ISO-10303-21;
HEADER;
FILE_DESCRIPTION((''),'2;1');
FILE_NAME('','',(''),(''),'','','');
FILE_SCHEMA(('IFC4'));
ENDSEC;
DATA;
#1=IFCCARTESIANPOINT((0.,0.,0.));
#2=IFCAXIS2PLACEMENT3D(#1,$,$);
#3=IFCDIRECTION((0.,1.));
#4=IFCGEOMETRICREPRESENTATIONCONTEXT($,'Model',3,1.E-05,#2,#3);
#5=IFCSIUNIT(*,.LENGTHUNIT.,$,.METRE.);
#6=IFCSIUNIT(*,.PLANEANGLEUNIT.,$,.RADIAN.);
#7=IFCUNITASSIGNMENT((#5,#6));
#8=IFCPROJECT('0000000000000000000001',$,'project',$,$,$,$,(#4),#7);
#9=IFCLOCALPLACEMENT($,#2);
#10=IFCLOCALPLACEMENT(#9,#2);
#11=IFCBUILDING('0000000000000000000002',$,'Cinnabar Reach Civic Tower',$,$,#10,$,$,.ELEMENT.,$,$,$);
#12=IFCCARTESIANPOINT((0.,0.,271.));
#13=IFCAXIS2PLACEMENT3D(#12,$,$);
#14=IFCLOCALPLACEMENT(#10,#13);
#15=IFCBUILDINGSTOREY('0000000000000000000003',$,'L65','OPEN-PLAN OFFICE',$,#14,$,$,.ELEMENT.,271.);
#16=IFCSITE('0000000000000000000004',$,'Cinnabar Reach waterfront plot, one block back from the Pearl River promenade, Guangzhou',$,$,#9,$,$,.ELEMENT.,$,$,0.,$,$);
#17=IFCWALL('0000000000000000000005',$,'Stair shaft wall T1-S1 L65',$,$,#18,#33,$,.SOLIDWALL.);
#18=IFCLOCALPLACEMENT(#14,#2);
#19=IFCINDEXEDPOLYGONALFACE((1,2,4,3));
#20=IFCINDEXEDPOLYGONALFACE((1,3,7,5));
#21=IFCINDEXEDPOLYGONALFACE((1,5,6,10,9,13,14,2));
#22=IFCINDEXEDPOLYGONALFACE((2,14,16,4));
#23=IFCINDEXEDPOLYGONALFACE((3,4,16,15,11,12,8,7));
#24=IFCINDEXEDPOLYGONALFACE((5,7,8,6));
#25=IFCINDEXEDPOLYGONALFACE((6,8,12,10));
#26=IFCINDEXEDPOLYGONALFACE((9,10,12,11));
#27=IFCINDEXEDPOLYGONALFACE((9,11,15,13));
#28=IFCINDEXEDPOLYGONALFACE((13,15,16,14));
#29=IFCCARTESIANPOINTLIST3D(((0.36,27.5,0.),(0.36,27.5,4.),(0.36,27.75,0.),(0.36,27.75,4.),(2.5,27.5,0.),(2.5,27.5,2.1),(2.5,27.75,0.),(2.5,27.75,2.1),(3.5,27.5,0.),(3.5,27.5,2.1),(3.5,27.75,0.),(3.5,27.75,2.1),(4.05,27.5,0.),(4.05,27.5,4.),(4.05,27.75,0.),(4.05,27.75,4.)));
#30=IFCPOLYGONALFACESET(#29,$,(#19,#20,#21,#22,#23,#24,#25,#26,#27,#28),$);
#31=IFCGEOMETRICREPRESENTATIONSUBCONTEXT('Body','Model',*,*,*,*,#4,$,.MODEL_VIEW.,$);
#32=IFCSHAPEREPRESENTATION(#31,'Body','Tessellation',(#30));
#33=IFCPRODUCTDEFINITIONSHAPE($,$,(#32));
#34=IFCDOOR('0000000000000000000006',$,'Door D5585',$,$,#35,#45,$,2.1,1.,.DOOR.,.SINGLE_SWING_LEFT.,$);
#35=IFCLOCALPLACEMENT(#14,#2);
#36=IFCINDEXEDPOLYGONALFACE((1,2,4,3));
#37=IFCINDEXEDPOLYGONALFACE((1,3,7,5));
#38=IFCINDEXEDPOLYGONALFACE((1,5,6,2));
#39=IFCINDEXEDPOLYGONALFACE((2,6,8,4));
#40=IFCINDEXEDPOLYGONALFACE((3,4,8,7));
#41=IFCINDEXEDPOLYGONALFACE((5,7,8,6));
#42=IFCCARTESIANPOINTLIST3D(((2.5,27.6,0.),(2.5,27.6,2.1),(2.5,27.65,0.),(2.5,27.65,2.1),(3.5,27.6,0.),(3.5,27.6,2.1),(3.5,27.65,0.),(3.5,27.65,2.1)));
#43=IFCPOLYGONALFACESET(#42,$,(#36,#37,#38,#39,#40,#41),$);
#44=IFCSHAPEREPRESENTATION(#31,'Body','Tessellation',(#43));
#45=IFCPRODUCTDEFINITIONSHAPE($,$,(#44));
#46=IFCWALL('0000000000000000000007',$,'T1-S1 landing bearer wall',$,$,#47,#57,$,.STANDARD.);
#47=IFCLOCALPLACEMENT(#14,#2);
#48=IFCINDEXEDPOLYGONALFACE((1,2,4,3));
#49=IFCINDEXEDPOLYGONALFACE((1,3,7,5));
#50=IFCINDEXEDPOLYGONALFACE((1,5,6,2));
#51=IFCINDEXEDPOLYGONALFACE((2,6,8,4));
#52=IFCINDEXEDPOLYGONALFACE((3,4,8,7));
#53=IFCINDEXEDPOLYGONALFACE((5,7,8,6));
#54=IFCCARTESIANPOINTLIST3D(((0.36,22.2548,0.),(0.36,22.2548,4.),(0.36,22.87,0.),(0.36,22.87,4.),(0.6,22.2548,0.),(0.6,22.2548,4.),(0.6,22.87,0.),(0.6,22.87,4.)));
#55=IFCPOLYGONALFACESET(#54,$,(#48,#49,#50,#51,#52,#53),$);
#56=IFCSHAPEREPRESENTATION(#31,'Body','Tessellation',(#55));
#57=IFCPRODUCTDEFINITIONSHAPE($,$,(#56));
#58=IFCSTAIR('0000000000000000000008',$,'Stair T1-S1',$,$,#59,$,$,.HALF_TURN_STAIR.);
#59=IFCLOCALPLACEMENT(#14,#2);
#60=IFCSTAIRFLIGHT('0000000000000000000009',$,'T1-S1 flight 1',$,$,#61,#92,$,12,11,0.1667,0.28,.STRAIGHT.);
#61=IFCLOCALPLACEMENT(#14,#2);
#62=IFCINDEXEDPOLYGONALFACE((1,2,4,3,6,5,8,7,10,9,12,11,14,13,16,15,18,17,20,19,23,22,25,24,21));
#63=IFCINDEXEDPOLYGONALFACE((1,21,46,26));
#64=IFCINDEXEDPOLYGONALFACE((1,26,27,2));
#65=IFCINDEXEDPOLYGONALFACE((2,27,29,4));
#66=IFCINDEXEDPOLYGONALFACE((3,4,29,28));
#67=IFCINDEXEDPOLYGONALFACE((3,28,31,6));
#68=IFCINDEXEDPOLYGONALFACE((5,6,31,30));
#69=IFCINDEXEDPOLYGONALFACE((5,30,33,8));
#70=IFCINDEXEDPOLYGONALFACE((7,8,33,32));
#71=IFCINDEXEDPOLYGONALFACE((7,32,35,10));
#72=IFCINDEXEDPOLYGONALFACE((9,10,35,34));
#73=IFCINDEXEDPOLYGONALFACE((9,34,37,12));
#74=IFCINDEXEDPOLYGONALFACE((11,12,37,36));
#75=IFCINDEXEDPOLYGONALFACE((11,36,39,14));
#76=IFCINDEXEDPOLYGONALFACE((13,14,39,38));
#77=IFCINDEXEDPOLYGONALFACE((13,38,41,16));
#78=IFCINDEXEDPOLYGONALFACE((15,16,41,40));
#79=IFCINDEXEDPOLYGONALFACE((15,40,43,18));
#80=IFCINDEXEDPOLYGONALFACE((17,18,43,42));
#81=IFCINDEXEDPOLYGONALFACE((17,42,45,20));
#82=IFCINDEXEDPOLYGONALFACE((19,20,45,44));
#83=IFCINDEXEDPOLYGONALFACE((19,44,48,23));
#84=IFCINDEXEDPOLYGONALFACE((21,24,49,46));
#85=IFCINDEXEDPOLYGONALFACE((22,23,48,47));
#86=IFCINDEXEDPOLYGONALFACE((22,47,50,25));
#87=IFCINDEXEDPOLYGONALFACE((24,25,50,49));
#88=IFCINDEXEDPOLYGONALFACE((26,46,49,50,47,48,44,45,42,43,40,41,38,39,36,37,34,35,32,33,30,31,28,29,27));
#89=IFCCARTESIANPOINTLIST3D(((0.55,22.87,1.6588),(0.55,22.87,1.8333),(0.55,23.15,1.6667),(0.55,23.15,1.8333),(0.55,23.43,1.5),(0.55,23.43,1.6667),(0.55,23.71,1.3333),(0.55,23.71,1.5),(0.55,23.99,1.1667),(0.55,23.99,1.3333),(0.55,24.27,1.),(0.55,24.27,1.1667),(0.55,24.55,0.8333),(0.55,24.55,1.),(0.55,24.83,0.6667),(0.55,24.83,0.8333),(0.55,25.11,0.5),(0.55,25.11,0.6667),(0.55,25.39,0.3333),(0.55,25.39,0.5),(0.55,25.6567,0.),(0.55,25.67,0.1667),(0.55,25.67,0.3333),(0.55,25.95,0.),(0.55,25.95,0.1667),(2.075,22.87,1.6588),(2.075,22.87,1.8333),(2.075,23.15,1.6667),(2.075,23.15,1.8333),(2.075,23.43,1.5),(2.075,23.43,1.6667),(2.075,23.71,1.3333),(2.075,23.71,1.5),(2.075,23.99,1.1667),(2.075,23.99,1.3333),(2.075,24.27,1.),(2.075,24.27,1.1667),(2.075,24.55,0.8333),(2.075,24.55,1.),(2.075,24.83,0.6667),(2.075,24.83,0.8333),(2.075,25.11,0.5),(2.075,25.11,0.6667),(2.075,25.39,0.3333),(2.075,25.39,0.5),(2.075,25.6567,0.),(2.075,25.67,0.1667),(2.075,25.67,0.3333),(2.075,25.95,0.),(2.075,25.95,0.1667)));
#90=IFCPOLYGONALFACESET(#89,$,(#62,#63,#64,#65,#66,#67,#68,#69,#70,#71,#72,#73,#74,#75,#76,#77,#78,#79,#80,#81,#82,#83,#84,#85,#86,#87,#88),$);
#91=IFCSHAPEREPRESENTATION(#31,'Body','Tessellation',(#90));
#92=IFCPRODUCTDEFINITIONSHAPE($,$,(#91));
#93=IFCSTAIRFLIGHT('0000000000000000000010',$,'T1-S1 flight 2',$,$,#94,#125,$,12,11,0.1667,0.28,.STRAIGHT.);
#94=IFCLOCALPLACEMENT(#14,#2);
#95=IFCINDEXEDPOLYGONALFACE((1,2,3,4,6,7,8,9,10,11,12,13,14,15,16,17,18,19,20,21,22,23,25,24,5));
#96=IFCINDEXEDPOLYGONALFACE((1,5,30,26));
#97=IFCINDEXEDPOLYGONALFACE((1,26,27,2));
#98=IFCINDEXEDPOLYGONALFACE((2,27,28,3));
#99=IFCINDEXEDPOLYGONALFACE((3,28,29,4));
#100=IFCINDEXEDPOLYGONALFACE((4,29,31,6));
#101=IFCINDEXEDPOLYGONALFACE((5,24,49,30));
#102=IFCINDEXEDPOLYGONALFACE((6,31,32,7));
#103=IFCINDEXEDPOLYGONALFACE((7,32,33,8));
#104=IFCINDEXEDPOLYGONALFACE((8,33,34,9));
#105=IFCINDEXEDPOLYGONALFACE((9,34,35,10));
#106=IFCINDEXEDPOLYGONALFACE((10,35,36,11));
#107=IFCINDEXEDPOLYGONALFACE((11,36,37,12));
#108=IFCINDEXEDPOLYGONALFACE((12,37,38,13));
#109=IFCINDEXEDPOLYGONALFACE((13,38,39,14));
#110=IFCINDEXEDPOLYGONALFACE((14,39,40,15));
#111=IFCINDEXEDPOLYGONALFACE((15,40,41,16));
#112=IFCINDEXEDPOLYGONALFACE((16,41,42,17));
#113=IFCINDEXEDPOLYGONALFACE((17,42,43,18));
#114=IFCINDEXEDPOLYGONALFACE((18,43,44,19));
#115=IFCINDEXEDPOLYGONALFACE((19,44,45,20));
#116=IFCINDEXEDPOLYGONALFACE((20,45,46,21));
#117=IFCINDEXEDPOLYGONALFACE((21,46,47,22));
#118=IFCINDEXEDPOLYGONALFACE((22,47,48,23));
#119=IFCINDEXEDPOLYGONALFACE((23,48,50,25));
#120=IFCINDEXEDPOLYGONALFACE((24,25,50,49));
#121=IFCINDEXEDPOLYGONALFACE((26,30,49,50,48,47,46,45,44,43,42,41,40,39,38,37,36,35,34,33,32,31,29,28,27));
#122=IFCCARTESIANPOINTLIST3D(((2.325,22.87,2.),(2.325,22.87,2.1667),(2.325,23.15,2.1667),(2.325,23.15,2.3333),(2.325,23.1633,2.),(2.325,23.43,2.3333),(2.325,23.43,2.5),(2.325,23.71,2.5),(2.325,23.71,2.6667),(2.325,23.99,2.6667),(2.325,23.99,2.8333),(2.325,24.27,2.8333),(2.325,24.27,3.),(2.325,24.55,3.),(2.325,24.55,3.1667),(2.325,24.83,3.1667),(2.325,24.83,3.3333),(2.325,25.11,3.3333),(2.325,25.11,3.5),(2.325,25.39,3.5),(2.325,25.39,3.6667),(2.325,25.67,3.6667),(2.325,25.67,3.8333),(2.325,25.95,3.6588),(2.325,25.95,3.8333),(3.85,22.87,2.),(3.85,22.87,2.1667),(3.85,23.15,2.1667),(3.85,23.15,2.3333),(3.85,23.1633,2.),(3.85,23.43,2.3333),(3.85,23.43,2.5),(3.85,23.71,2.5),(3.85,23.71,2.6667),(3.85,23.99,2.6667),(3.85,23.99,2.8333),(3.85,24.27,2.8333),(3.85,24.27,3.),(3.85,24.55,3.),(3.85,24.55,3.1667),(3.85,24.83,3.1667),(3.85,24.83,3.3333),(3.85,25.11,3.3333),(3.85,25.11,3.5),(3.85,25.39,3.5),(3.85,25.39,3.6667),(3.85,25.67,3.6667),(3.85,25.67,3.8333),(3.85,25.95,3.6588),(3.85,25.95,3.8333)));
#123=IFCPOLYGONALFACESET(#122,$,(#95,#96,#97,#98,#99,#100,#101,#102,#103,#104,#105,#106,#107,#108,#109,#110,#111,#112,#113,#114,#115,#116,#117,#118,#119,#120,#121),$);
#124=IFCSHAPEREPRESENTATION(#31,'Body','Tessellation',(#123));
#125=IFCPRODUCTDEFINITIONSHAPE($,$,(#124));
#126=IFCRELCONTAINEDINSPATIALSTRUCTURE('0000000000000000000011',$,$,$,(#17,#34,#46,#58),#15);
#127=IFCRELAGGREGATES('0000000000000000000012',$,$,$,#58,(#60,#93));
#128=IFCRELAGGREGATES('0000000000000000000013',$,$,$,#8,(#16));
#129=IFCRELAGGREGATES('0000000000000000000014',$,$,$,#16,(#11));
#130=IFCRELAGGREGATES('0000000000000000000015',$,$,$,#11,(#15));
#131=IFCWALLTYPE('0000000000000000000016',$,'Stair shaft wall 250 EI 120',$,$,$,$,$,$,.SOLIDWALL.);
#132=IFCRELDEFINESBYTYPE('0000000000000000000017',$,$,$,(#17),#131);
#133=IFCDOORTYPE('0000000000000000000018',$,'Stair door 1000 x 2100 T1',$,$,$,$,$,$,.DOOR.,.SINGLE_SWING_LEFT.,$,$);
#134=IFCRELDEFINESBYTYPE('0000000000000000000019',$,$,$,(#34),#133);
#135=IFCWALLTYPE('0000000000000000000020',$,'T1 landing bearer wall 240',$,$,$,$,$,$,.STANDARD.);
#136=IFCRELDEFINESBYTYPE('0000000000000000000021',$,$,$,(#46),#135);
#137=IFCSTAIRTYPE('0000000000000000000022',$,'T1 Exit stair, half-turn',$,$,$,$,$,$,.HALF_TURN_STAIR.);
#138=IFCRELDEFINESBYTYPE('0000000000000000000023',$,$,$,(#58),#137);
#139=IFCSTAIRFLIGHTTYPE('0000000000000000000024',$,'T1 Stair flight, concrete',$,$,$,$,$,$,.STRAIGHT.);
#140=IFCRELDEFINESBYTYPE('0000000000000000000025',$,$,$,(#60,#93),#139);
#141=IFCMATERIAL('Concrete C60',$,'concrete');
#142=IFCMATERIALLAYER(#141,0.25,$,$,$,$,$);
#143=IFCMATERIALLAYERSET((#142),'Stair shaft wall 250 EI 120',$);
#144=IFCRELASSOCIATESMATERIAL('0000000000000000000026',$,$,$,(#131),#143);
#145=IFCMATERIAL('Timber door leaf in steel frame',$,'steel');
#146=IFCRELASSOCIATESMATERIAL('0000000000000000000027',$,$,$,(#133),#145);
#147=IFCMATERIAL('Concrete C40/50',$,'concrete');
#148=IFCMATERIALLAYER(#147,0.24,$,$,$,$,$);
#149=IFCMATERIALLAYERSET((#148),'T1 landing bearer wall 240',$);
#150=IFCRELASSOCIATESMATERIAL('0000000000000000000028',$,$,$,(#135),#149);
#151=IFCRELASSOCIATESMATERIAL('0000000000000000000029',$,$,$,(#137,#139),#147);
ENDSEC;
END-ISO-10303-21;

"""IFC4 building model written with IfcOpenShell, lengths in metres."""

from ifc_helpers import new_model, si_unit, direction, frame, frame_2d, origin, place, context, subcontext, project, spatial, polyline, rectangle, outline, extrude, material, layer, layer_set, type_object, element, fill, aggregate, save


model = new_model("IFC4")

# Units and contexts
model_context = context("Model", 3, precision=1e-05, world=origin(), true_north=direction((0.0, 1.0)))
body_context = subcontext(model_context, "Body", "Model", "MODEL_VIEW")
ifc_project = project(units=[si_unit("LENGTHUNIT", "METRE"), si_unit("PLANEANGLEUNIT", "RADIAN")], contexts=[model_context])

# Site, building, storey
site_placement = place(None, origin())
site = spatial("IfcSite", under=ifc_project, at=site_placement, Name="Cinnabar Reach waterfront plot, one block back from the Pearl River promenade, Guangzhou", CompositionType="ELEMENT", RefElevation=0.0)
building_placement = place(site_placement, origin())
building = spatial("IfcBuilding", under=site, at=building_placement, Name="Cinnabar Reach Civic Tower", CompositionType="ELEMENT")
storey_placement = place(building_placement, frame((0.0, 0.0, 271.0)))
storey = spatial("IfcBuildingStorey", under=building, at=storey_placement, Name="L65", Description="OPEN-PLAN OFFICE", CompositionType="ELEMENT", Elevation=271.0)

# Shared definitions
ifc_material_1 = material(Name="Concrete C60", Category="concrete")

# Shared definitions
ifc_material_2 = material(Name="Timber door leaf in steel frame", Category="steel")

# Wall, opening, door
ifc_layer_1 = layer(ifc_material_1, 0.25)
ifc_layer_set_1 = layer_set([ifc_layer_1], Name="Stair shaft wall 250 EI 120")
wall_type_1 = type_object("IfcWallType", Name="Stair shaft wall 250 EI 120", PredefinedType="SOLIDWALL", material=ifc_layer_set_1)
wall_1_placement = place(storey_placement, frame((4.05, 27.625, 0.0), z_axis=(0.0, 0.0, 1.0), x_axis=(-1.0, 0.0, 0.0)))
wall_1 = element("IfcWall", 1, at=wall_1_placement, inside=storey, type_object=wall_type_1, Name="Stair shaft wall T1-S1 L65", PredefinedType="SOLIDWALL", context=body_context, shape_type="SweptSolid", body=[
    extrude(rectangle(XDim=3.69, YDim=0.25, at=frame_2d((1.845, 0.0))), origin(), (0.0, 0.0, 1.0), 4.0),
])
opening_1_placement = place(wall_1_placement, frame((0.55, 0.0, 0.0)))
opening_1 = element("IfcOpeningElement", 2, at=opening_1_placement, cuts=wall_1, PredefinedType="OPENING", context=body_context, shape_type="SweptSolid", body=[
    extrude(rectangle(XDim=1.0, YDim=2.1, at=frame_2d((0.5, 1.05))), frame((0.0, 0.135, 0.0), z_axis=(0.0, -1.0, 0.0), x_axis=(1.0, 0.0, 0.0)), (0.0, 0.0, 1.0), 0.27),
])
door_type_1 = type_object("IfcDoorType", Name="Stair door 1000 x 2100 T1", OperationType="SINGLE_SWING_LEFT", PredefinedType="DOOR", material=ifc_material_2)
door_1_placement = place(opening_1_placement, origin())
door_1 = element("IfcDoor", 3, at=door_1_placement, inside=storey, type_object=door_type_1, Name="Door D5585", OperationType="SINGLE_SWING_LEFT", OverallHeight=2.1, OverallWidth=1.0, PredefinedType="DOOR", context=body_context, shape_type="SweptSolid", body=[
    extrude(rectangle(XDim=1.0, YDim=2.1, at=frame_2d((0.5, 1.05))), frame((0.0, 0.025, 0.0), z_axis=(0.0, -1.0, 0.0), x_axis=(1.0, 0.0, 0.0)), (0.0, 0.0, 1.0), 0.05),
])
fill(opening_1, door_1)

# Wall
ifc_material_3 = material(Name="Concrete C40/50", Category="concrete")
ifc_layer_2 = layer(ifc_material_3, 0.24)
ifc_layer_set_2 = layer_set([ifc_layer_2], Name="T1 landing bearer wall 240")
wall_type_2 = type_object("IfcWallType", Name="T1 landing bearer wall 240", PredefinedType="STANDARD", material=ifc_layer_set_2)
wall_2_placement = place(storey_placement, frame((0.48, 22.2549, 0.0), z_axis=(0.0, 0.0, 1.0), x_axis=(0.0, 1.0, 0.0)))
element("IfcWall", 4, at=wall_2_placement, inside=storey, type_object=wall_type_2, Name="T1-S1 landing bearer wall", PredefinedType="STANDARD", context=body_context, shape_type="SweptSolid", body=[
    extrude(rectangle(XDim=0.6151, YDim=0.24, at=frame_2d((0.3075, 0.0))), origin(), (0.0, 0.0, 1.0), 4.0),
])

# Stair, stair flights
stair_type = type_object("IfcStairType", Name="T1 Exit stair, half-turn", PredefinedType="HALF_TURN_STAIR", material=ifc_material_3)
stair_placement = place(storey_placement, origin())
stair = element("IfcStair", 5, at=stair_placement, inside=storey, type_object=stair_type, Name="Stair T1-S1", PredefinedType="HALF_TURN_STAIR")
stair_flight_type = type_object("IfcStairFlightType", Name="T1 Stair flight, concrete", PredefinedType="STRAIGHT", material=ifc_material_3)
stair_flight_1_placement = place(storey_placement, frame((1.3125, 25.95, 0.0), z_axis=(0.0, 0.0, 1.0), x_axis=(0.0, -1.0, 0.0)))
stair_flight_1 = element("IfcStairFlight", 6, at=stair_flight_1_placement, type_object=stair_flight_type, Name="T1-S1 flight 1", NumberOfRisers=12, NumberOfTreads=11, PredefinedType="STRAIGHT", RiserHeight=0.1667, TreadLength=0.28, context=body_context, shape_type="SweptSolid", body=[
    extrude(outline(polyline([(0.0, 0.0), (0.0, 0.1667), (0.28, 0.1667), (0.28, 0.3333), (0.56, 0.3333), (0.56, 0.5), (0.84, 0.5), (0.84, 0.6667), (1.12, 0.6667), (1.12, 0.8333), (1.4, 0.8333), (1.4, 1.0), (1.68, 1.0), (1.68, 1.1667), (1.96, 1.1667), (1.96, 1.3333), (2.24, 1.3333), (2.24, 1.5), (2.52, 1.5), (2.52, 1.6667), (2.8, 1.6667), (2.8, 1.8333), (3.08, 1.8333), (3.08, 2.0), (3.08, 1.6588), (0.2933, 0.0), (0.0, 0.0)])), frame((0.0, 0.7625, 0.0), z_axis=(0.0, -1.0, 0.0), x_axis=(1.0, 0.0, 0.0)), (0.0, 0.0, 1.0), 1.525),
])
stair_flight_2_placement = place(storey_placement, frame((3.0875, 22.87, 2.0), z_axis=(0.0, 0.0, 1.0), x_axis=(0.0, 1.0, 0.0)))
stair_flight_2 = element("IfcStairFlight", 7, at=stair_flight_2_placement, type_object=stair_flight_type, Name="T1-S1 flight 2", NumberOfRisers=12, NumberOfTreads=11, PredefinedType="STRAIGHT", RiserHeight=0.1667, TreadLength=0.28, context=body_context, shape_type="SweptSolid", body=[
    extrude(outline(polyline([(0.0, 0.0), (0.0, 0.1667), (0.28, 0.1667), (0.28, 0.3333), (0.56, 0.3333), (0.56, 0.5), (0.84, 0.5), (0.84, 0.6667), (1.12, 0.6667), (1.12, 0.8333), (1.4, 0.8333), (1.4, 1.0), (1.68, 1.0), (1.68, 1.1667), (1.96, 1.1667), (1.96, 1.3333), (2.24, 1.3333), (2.24, 1.5), (2.52, 1.5), (2.52, 1.6667), (2.8, 1.6667), (2.8, 1.8333), (3.08, 1.8333), (3.08, 2.0), (3.08, 1.6588), (0.2933, 0.0), (0.0, 0.0)])), frame((0.0, 0.7625, 0.0), z_axis=(0.0, -1.0, 0.0), x_axis=(1.0, 0.0, 0.0)), (0.0, 0.0, 1.0), 1.525),
])
aggregate(stair, [stair_flight_1, stair_flight_2])

save(model, "model.ifc")
